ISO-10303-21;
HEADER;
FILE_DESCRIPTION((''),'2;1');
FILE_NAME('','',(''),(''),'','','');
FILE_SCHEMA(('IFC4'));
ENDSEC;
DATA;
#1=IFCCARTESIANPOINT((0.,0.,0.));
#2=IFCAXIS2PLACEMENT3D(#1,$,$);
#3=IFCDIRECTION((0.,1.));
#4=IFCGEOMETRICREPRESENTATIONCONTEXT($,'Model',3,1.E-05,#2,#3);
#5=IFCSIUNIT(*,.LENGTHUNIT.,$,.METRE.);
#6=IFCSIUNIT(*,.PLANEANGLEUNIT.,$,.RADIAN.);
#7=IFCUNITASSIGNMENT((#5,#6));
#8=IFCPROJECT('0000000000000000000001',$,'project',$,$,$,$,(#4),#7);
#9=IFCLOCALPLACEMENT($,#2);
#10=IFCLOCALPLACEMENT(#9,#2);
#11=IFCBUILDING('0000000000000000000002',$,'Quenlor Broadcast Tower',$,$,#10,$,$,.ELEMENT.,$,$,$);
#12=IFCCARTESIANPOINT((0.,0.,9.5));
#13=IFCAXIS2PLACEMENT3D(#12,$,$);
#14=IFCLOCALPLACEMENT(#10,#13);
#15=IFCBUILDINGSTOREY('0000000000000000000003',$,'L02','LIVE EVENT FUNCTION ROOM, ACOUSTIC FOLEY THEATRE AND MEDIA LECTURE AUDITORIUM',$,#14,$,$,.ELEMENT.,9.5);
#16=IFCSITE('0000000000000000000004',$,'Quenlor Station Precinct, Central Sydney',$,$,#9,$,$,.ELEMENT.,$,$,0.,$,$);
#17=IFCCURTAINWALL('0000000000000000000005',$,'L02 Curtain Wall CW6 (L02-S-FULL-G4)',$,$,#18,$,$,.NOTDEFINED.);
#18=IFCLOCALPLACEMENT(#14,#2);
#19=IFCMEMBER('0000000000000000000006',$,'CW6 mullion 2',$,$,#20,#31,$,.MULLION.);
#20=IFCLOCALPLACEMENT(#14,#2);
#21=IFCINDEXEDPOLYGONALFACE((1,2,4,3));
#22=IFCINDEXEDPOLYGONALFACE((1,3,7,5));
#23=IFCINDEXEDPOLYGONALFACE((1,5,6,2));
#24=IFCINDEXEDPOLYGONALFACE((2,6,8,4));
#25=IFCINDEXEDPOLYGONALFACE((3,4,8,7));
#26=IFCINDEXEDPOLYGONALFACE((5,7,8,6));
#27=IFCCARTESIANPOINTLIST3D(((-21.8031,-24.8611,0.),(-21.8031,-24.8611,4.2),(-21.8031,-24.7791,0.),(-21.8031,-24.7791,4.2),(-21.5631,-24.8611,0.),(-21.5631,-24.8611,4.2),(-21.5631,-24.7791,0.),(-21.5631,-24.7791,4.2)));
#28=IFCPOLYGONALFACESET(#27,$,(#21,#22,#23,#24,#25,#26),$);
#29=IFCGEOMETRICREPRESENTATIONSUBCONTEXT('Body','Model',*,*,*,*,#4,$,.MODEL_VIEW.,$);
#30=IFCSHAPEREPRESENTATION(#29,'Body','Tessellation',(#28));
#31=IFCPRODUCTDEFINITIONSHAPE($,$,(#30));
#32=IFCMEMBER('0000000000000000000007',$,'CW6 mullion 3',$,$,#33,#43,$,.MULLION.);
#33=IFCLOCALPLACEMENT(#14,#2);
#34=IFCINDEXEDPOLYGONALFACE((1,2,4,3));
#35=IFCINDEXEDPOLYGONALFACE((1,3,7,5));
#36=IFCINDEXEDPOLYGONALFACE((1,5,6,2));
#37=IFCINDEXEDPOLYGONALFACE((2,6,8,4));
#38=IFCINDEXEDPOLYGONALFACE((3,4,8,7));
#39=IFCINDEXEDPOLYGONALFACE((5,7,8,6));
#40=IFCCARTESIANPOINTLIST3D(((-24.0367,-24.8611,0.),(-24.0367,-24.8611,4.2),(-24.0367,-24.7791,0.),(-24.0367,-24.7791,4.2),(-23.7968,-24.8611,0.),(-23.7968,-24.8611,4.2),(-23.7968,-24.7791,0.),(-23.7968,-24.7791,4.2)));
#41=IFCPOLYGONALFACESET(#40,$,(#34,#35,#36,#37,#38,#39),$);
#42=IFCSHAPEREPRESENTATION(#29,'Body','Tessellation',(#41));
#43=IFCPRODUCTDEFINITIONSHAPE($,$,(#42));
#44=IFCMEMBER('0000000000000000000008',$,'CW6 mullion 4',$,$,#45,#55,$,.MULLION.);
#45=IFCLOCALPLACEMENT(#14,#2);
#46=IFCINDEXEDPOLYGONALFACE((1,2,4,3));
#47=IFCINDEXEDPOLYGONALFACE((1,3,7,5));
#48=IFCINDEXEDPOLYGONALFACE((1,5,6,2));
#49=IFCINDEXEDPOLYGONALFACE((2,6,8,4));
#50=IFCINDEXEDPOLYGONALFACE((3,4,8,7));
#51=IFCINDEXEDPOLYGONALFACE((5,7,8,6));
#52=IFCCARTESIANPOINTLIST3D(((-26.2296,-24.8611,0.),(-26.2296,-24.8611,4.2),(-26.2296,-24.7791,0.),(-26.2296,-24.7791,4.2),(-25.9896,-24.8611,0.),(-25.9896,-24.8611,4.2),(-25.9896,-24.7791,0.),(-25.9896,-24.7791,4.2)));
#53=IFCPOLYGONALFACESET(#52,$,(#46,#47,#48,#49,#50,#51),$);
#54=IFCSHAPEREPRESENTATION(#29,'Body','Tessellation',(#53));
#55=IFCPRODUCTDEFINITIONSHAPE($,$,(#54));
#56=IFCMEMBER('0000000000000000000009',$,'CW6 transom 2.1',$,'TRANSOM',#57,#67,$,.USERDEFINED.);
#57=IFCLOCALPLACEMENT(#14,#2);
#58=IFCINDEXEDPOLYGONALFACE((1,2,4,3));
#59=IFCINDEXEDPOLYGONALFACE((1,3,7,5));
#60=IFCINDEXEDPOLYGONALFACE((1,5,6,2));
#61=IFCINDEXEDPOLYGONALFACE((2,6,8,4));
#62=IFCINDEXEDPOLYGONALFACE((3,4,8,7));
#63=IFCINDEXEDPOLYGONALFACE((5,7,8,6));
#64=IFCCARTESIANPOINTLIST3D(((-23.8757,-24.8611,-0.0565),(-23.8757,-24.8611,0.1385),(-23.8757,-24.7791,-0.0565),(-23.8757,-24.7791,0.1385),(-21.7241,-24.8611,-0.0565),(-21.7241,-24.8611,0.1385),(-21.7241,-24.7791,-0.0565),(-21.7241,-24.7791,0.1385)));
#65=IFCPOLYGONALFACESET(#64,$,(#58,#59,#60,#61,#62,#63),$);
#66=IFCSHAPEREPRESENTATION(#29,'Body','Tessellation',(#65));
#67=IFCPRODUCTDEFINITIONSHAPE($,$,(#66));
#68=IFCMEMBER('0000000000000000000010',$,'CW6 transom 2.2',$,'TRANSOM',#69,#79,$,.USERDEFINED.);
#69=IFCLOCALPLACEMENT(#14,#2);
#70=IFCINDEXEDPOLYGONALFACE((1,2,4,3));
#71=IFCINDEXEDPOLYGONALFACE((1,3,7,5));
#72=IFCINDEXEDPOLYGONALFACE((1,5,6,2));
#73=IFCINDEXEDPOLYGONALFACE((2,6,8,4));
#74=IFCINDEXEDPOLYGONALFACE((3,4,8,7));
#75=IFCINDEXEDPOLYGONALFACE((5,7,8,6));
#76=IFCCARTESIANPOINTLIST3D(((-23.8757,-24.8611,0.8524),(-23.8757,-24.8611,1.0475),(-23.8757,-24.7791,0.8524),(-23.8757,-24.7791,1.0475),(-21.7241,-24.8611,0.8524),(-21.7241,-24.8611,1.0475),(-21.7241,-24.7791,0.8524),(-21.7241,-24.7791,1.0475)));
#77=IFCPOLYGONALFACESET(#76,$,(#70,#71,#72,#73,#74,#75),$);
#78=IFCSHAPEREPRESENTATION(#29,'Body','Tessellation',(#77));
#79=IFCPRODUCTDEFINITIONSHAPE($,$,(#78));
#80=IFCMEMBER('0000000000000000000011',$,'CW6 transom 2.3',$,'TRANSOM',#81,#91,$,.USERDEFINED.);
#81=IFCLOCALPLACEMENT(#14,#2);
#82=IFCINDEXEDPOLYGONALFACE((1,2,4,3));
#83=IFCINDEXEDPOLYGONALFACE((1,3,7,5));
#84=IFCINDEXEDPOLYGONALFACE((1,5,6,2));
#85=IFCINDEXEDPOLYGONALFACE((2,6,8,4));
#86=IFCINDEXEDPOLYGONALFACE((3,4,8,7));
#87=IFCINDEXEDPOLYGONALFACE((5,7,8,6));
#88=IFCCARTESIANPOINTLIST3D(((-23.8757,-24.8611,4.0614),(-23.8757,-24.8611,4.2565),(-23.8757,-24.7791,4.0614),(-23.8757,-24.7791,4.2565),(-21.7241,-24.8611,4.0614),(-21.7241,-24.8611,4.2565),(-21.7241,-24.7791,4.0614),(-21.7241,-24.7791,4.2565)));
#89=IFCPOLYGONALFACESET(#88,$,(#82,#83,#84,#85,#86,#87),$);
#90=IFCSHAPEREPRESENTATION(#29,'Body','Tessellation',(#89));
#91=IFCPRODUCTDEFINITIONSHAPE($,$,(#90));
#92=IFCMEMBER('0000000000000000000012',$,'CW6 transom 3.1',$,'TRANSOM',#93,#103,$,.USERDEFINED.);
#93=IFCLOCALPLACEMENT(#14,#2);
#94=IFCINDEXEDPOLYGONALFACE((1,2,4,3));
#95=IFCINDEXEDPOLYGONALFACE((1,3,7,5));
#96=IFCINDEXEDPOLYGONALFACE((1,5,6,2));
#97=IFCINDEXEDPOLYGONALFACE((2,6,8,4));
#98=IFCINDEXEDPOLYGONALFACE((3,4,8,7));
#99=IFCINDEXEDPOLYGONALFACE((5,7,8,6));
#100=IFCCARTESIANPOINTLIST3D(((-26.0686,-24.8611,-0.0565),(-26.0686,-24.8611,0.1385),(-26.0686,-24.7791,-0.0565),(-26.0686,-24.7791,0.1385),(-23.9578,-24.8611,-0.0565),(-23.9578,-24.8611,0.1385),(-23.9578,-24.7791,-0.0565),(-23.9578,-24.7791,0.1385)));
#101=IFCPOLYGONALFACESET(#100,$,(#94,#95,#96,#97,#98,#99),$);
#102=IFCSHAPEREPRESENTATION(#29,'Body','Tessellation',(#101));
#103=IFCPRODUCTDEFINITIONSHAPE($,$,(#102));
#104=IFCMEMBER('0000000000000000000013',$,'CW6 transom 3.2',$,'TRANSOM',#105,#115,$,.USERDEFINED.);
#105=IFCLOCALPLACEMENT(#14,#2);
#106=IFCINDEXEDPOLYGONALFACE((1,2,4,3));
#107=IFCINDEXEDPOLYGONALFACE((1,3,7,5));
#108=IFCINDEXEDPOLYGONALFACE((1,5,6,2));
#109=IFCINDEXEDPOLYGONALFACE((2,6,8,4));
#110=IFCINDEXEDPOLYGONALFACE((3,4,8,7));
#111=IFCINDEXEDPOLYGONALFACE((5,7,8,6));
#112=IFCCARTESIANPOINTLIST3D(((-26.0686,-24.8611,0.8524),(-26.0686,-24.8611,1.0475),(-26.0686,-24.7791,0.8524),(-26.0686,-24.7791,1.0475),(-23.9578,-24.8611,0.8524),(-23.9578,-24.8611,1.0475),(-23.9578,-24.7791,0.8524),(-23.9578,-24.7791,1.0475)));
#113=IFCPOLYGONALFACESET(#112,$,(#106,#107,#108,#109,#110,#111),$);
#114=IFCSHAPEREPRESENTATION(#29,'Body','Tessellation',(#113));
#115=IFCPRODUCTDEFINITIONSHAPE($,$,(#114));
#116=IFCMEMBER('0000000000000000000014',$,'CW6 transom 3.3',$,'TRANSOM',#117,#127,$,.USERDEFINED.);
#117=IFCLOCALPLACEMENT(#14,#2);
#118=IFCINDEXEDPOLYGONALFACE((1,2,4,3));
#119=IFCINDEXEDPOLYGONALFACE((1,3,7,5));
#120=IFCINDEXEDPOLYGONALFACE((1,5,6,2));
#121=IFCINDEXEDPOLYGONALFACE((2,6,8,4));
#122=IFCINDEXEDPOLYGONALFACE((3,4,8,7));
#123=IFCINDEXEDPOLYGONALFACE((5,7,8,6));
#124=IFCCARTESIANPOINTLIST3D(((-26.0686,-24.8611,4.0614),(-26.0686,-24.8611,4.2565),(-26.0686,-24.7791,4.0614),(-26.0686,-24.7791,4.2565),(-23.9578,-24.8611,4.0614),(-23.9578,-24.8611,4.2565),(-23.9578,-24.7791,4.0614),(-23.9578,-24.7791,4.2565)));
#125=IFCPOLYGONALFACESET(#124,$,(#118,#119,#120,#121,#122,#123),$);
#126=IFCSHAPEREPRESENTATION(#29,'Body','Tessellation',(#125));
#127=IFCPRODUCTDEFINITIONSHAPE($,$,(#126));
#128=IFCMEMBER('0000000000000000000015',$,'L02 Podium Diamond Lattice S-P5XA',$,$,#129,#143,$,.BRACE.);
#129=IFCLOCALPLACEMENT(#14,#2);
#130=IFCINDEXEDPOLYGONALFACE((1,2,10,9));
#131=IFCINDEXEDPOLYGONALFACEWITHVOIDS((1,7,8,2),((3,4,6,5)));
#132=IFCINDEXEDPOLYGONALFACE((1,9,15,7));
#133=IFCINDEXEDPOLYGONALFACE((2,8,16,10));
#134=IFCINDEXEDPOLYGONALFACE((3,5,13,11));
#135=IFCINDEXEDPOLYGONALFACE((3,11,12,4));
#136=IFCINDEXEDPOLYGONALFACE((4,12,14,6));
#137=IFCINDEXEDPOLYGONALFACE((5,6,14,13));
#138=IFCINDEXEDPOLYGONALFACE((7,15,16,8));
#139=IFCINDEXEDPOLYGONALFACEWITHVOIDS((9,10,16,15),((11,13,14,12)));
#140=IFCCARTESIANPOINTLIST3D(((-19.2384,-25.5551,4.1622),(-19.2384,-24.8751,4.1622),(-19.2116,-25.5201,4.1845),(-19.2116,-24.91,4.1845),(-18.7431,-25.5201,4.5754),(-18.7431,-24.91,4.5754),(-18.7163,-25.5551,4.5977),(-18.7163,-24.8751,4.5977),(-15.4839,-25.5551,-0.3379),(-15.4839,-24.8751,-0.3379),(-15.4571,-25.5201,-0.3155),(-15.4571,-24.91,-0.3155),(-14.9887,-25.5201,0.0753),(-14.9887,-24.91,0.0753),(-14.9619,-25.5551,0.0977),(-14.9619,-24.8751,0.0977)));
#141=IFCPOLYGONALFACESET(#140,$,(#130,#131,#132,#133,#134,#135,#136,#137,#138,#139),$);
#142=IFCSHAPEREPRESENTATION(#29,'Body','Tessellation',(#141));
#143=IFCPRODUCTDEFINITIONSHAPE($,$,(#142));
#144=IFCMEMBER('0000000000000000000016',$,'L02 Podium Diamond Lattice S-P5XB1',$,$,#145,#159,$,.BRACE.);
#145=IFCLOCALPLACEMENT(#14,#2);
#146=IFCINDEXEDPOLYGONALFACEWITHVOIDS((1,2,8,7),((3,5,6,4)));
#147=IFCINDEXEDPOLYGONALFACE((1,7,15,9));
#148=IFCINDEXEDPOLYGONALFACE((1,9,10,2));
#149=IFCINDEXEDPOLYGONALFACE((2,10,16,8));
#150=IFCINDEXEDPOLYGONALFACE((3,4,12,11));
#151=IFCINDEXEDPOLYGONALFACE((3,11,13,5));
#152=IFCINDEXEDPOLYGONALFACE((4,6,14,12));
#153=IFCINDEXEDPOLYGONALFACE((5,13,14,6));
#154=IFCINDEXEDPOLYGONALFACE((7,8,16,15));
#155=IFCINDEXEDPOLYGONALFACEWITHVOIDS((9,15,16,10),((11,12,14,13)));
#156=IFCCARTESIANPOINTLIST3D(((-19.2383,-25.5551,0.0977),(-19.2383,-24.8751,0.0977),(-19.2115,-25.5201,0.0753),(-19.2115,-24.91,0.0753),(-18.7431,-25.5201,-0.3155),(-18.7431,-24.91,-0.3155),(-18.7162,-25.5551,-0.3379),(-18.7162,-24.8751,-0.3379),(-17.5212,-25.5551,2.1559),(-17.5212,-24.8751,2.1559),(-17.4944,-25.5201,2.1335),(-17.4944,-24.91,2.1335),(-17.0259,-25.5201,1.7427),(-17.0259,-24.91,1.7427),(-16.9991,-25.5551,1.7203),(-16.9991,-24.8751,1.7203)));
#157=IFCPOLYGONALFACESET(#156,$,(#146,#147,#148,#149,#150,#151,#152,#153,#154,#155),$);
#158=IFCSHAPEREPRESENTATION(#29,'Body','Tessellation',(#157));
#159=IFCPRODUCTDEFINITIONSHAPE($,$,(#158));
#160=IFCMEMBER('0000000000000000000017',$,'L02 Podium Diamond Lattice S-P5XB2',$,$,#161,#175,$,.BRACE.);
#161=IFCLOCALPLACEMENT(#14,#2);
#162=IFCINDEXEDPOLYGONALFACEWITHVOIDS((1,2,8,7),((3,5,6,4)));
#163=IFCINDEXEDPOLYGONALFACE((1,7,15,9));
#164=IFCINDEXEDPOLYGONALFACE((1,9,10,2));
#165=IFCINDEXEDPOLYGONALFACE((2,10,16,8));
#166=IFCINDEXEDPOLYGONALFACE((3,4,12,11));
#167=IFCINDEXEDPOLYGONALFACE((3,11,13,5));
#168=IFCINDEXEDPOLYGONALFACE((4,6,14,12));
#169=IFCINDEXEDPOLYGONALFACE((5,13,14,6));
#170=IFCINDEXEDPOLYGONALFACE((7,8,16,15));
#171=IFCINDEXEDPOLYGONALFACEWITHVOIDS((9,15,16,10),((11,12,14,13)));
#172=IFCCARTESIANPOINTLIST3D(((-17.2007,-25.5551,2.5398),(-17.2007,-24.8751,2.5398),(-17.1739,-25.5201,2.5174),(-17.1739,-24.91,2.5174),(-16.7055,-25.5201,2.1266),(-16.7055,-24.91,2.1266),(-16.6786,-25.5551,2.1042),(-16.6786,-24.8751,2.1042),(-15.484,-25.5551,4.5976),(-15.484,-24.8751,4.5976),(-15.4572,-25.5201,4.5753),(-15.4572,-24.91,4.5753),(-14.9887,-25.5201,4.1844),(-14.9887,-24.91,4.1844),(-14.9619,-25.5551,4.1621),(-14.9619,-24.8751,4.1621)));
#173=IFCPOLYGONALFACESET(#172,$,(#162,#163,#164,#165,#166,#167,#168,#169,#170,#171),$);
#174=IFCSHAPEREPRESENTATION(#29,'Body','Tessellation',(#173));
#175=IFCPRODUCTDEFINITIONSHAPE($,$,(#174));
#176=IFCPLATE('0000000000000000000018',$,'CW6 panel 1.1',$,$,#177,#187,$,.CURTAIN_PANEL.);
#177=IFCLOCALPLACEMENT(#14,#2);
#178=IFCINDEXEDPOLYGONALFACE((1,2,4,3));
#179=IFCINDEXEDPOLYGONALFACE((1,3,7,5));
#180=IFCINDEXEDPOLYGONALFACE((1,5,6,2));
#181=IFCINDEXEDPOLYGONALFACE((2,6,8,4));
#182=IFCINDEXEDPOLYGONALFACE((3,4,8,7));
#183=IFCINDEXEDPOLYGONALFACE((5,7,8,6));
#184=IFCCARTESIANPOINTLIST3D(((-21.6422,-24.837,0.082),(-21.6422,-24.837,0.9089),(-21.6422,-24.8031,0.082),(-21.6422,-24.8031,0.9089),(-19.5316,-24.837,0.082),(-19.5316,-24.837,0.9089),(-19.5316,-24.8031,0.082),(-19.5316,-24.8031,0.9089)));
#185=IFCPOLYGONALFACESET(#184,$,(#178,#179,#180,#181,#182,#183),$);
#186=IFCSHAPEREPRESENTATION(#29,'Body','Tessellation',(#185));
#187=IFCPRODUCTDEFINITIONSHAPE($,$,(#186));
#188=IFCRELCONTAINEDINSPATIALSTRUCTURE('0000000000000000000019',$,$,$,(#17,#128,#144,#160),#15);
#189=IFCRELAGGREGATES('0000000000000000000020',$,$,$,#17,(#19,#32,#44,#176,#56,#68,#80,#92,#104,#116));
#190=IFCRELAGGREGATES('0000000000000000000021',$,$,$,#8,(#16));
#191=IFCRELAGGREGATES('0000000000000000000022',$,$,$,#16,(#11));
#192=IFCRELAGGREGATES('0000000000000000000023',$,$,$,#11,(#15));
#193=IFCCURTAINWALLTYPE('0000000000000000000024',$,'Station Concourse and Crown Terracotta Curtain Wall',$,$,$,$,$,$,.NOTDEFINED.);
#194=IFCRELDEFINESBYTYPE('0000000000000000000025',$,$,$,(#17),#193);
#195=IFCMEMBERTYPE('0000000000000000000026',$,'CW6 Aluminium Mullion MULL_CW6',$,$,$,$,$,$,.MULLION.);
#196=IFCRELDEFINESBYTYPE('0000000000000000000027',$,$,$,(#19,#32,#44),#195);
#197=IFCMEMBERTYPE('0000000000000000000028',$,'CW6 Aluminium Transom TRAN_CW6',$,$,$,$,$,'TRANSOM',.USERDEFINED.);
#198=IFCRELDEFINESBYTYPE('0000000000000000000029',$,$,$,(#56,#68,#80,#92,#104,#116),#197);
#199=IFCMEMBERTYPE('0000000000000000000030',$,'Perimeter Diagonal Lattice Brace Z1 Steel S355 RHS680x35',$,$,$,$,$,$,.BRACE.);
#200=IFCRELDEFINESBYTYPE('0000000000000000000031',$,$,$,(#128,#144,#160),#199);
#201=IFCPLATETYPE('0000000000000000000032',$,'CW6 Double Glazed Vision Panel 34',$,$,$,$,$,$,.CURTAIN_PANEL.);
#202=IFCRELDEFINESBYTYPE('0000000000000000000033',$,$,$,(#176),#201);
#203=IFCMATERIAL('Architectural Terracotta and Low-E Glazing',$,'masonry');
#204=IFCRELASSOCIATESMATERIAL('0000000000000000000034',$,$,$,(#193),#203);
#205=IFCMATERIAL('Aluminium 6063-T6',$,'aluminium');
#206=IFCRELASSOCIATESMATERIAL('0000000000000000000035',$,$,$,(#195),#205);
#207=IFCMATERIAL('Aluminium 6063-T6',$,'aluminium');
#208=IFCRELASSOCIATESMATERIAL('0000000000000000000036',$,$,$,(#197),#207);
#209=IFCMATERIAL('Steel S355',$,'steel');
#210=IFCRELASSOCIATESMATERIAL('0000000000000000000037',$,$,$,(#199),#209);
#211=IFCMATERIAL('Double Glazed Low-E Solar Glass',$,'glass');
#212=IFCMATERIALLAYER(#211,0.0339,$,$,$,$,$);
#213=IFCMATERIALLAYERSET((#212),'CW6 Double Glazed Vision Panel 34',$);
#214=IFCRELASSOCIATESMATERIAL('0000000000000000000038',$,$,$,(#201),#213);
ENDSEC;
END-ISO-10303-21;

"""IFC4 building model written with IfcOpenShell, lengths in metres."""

from ifc_helpers import new_model, si_unit, direction, frame, origin, origin_2d, place, context, subcontext, project, spatial, rectangle, hollow_rectangle, extrude, material, layer, layer_set, material_profile, profile_set, type_object, element, aggregate, save


model = new_model("IFC4")

# Units and contexts
model_context = context("Model", 3, precision=1e-05, world=origin(), true_north=direction((0.0, 1.0)))
body_context = subcontext(model_context, "Body", "Model", "MODEL_VIEW")
ifc_project = project(units=[si_unit("LENGTHUNIT", "METRE"), si_unit("PLANEANGLEUNIT", "RADIAN")], contexts=[model_context])

# Site, building, storey
site_placement = place(None, origin())
site = spatial("IfcSite", under=ifc_project, at=site_placement, Name="Quenlor Station Precinct, Central Sydney", CompositionType="ELEMENT", RefElevation=0.0)
building_placement = place(site_placement, origin())
building = spatial("IfcBuilding", under=site, at=building_placement, Name="Quenlor Broadcast Tower", CompositionType="ELEMENT")
storey_placement = place(building_placement, frame((0.0, 0.0, 9.5)))
storey = spatial("IfcBuildingStorey", under=building, at=storey_placement, Name="L02", Description="LIVE EVENT FUNCTION ROOM, ACOUSTIC FOLEY THEATRE AND MEDIA LECTURE AUDITORIUM", CompositionType="ELEMENT", Elevation=9.5)

# Curtain wall, members
ifc_material_1 = material(Name="Architectural Terracotta and Low-E Glazing", Category="masonry")
curtain_wall_type = type_object("IfcCurtainWallType", Name="Station Concourse and Crown Terracotta Curtain Wall", PredefinedType="NOTDEFINED", material=ifc_material_1)
curtain_wall_placement = place(storey_placement, origin())
curtain_wall = element("IfcCurtainWall", 1, at=curtain_wall_placement, inside=storey, type_object=curtain_wall_type, Name="L02 Curtain Wall CW6 (L02-S-FULL-G4)", PredefinedType="NOTDEFINED")
ifc_material_2 = material(Name="Aluminium 6063-T6", Category="aluminium")
ifc_material_profile_1 = material_profile(ifc_material_2, rectangle(XDim=0.082, YDim=0.24, at=origin_2d()))
ifc_profile_set_1 = profile_set([ifc_material_profile_1], Name="Aluminium 6063-T6 MULL82x240")
member_type_1 = type_object("IfcMemberType", Name="CW6 Aluminium Mullion MULL_CW6", PredefinedType="MULLION", material=ifc_profile_set_1)
member_1_placement = place(storey_placement, frame((-21.6831, -24.8201, 0.0), z_axis=(0.0, 0.0, 1.0), x_axis=(0.0, -1.0, 0.0)))
member_1 = element("IfcMember", 2, at=member_1_placement, type_object=member_type_1, Name="CW6 mullion 2", PredefinedType="MULLION", context=body_context, shape_type="SweptSolid", body=[
    extrude(rectangle(XDim=0.082, YDim=0.24, at=origin_2d()), origin(), (0.0, 0.0, 1.0), 4.2),
])
member_2_placement = place(storey_placement, frame((-23.9167, -24.8201, 0.0), z_axis=(0.0, 0.0, 1.0), x_axis=(0.0, -1.0, 0.0)))
member_2 = element("IfcMember", 3, at=member_2_placement, type_object=member_type_1, Name="CW6 mullion 3", PredefinedType="MULLION", context=body_context, shape_type="SweptSolid", body=[
    extrude(rectangle(XDim=0.082, YDim=0.24, at=origin_2d()), origin(), (0.0, 0.0, 1.0), 4.2),
])
member_3_placement = place(storey_placement, frame((-26.1096, -24.8201, 0.0), z_axis=(0.0, 0.0, 1.0), x_axis=(0.0, -1.0, 0.0)))
member_3 = element("IfcMember", 4, at=member_3_placement, type_object=member_type_1, Name="CW6 mullion 4", PredefinedType="MULLION", context=body_context, shape_type="SweptSolid", body=[
    extrude(rectangle(XDim=0.082, YDim=0.24, at=origin_2d()), origin(), (0.0, 0.0, 1.0), 4.2),
])
ifc_material_3 = material(Name="Aluminium 6063-T6", Category="aluminium")
ifc_material_profile_2 = material_profile(ifc_material_3, rectangle(XDim=0.082, YDim=0.1951, at=origin_2d()))
ifc_profile_set_2 = profile_set([ifc_material_profile_2], Name="Aluminium 6063-T6 TRAN82x195")
member_type_2 = type_object("IfcMemberType", Name="CW6 Aluminium Transom TRAN_CW6", ElementType="TRANSOM", PredefinedType="USERDEFINED", material=ifc_profile_set_2)
member_4_placement = place(storey_placement, frame((-21.7241, -24.8201, 0.041), z_axis=(-1.0, 0.0, 0.0), x_axis=(0.0, -1.0, 0.0)))
member_4 = element("IfcMember", 5, at=member_4_placement, type_object=member_type_2, Name="CW6 transom 2.1", ObjectType="TRANSOM", PredefinedType="USERDEFINED", context=body_context, shape_type="SweptSolid", body=[
    extrude(rectangle(XDim=0.082, YDim=0.1951, at=origin_2d()), origin(), (0.0, 0.0, 1.0), 2.1516),
])
member_5_placement = place(storey_placement, frame((-21.7241, -24.8201, 0.95), z_axis=(-1.0, 0.0, 0.0), x_axis=(0.0, -1.0, 0.0)))
member_5 = element("IfcMember", 6, at=member_5_placement, type_object=member_type_2, Name="CW6 transom 2.2", ObjectType="TRANSOM", PredefinedType="USERDEFINED", context=body_context, shape_type="SweptSolid", body=[
    extrude(rectangle(XDim=0.082, YDim=0.1951, at=origin_2d()), origin(), (0.0, 0.0, 1.0), 2.1516),
])
member_6_placement = place(storey_placement, frame((-21.7241, -24.8201, 4.1589), z_axis=(-1.0, 0.0, 0.0), x_axis=(0.0, -1.0, 0.0)))
member_6 = element("IfcMember", 7, at=member_6_placement, type_object=member_type_2, Name="CW6 transom 2.3", ObjectType="TRANSOM", PredefinedType="USERDEFINED", context=body_context, shape_type="SweptSolid", body=[
    extrude(rectangle(XDim=0.082, YDim=0.1951, at=origin_2d()), origin(), (0.0, 0.0, 1.0), 2.1516),
])
member_7_placement = place(storey_placement, frame((-23.9578, -24.8201, 0.041), z_axis=(-1.0, 0.0, 0.0), x_axis=(0.0, -1.0, 0.0)))
member_7 = element("IfcMember", 8, at=member_7_placement, type_object=member_type_2, Name="CW6 transom 3.1", ObjectType="TRANSOM", PredefinedType="USERDEFINED", context=body_context, shape_type="SweptSolid", body=[
    extrude(rectangle(XDim=0.082, YDim=0.1951, at=origin_2d()), origin(), (0.0, 0.0, 1.0), 2.1108),
])
member_8_placement = place(storey_placement, frame((-23.9578, -24.8201, 0.95), z_axis=(-1.0, 0.0, 0.0), x_axis=(0.0, -1.0, 0.0)))
member_8 = element("IfcMember", 9, at=member_8_placement, type_object=member_type_2, Name="CW6 transom 3.2", ObjectType="TRANSOM", PredefinedType="USERDEFINED", context=body_context, shape_type="SweptSolid", body=[
    extrude(rectangle(XDim=0.082, YDim=0.1951, at=origin_2d()), origin(), (0.0, 0.0, 1.0), 2.1108),
])
member_9_placement = place(storey_placement, frame((-23.9578, -24.8201, 4.1589), z_axis=(-1.0, 0.0, 0.0), x_axis=(0.0, -1.0, 0.0)))
member_9 = element("IfcMember", 10, at=member_9_placement, type_object=member_type_2, Name="CW6 transom 3.3", ObjectType="TRANSOM", PredefinedType="USERDEFINED", context=body_context, shape_type="SweptSolid", body=[
    extrude(rectangle(XDim=0.082, YDim=0.1951, at=origin_2d()), origin(), (0.0, 0.0, 1.0), 2.1108),
])

# Members
ifc_material_4 = material(Name="Steel S355", Category="steel")
ifc_material_profile_3 = material_profile(ifc_material_4, hollow_rectangle(XDim=0.6799, YDim=0.6799, WallThickness=0.0349, at=origin_2d()))
ifc_profile_set_3 = profile_set([ifc_material_profile_3], Name="Steel S355 RHS680x680x35")
member_type_3 = type_object("IfcMemberType", Name="Perimeter Diagonal Lattice Brace Z1 Steel S355 RHS680x35", PredefinedType="BRACE", material=ifc_profile_set_3)
member_10_placement = place(storey_placement, frame((-15.2229, -25.2151, -0.1201), z_axis=(-0.640627, 0.0, 0.767852), x_axis=(0.0, -1.0, 0.0)))
element("IfcMember", 11, at=member_10_placement, inside=storey, type_object=member_type_3, Name="L02 Podium Diamond Lattice S-P5XA", PredefinedType="BRACE", context=body_context, shape_type="SweptSolid", body=[
    extrude(hollow_rectangle(XDim=0.6799, YDim=0.6799, WallThickness=0.0349, at=origin_2d()), origin(), (0.0, 0.0, 1.0), 5.8606),
])
member_11_placement = place(storey_placement, frame((-18.9773, -25.2151, -0.1201), z_axis=(0.640614, 0.0, 0.767863), x_axis=(0.0, 1.0, 0.0)))
element("IfcMember", 12, at=member_11_placement, inside=storey, type_object=member_type_3, Name="L02 Podium Diamond Lattice S-P5XB1", PredefinedType="BRACE", context=body_context, shape_type="SweptSolid", body=[
    extrude(hollow_rectangle(XDim=0.6799, YDim=0.6799, WallThickness=0.0349, at=origin_2d()), origin(), (0.0, 0.0, 1.0), 2.6804),
])
member_12_placement = place(storey_placement, frame((-16.9397, -25.2151, 2.322), z_axis=(0.640605, 0.0, 0.76787), x_axis=(0.0, 1.0, 0.0)))
element("IfcMember", 13, at=member_12_placement, inside=storey, type_object=member_type_3, Name="L02 Podium Diamond Lattice S-P5XB2", PredefinedType="BRACE", context=body_context, shape_type="SweptSolid", body=[
    extrude(hollow_rectangle(XDim=0.6799, YDim=0.6799, WallThickness=0.0349, at=origin_2d()), origin(), (0.0, 0.0, 1.0), 2.6799),
])

# Plate
ifc_material_5 = material(Name="Double Glazed Low-E Solar Glass", Category="glass")
ifc_layer_1 = layer(ifc_material_5, 0.0339)
ifc_layer_set_1 = layer_set([ifc_layer_1], Name="CW6 Double Glazed Vision Panel 34")
plate_type_1 = type_object("IfcPlateType", Name="CW6 Double Glazed Vision Panel 34", PredefinedType="CURTAIN_PANEL", material=ifc_layer_set_1)
plate_1_placement = place(storey_placement, frame((-20.5869, -24.8201, 0.082), z_axis=(0.0, 0.0, 1.0), x_axis=(-1.0, 0.0, 0.0)))
plate_1 = element("IfcPlate", 14, at=plate_1_placement, type_object=plate_type_1, Name="CW6 panel 1.1", PredefinedType="CURTAIN_PANEL", context=body_context, shape_type="SweptSolid", body=[
    extrude(rectangle(XDim=2.1106, YDim=0.0339, at=origin_2d()), origin(), (0.0, 0.0, 1.0), 0.8269),
])
aggregate(curtain_wall, [member_1, member_2, member_3, plate_1, member_4, member_5, member_6, member_7, member_8, member_9])

save(model, "model.ifc")
